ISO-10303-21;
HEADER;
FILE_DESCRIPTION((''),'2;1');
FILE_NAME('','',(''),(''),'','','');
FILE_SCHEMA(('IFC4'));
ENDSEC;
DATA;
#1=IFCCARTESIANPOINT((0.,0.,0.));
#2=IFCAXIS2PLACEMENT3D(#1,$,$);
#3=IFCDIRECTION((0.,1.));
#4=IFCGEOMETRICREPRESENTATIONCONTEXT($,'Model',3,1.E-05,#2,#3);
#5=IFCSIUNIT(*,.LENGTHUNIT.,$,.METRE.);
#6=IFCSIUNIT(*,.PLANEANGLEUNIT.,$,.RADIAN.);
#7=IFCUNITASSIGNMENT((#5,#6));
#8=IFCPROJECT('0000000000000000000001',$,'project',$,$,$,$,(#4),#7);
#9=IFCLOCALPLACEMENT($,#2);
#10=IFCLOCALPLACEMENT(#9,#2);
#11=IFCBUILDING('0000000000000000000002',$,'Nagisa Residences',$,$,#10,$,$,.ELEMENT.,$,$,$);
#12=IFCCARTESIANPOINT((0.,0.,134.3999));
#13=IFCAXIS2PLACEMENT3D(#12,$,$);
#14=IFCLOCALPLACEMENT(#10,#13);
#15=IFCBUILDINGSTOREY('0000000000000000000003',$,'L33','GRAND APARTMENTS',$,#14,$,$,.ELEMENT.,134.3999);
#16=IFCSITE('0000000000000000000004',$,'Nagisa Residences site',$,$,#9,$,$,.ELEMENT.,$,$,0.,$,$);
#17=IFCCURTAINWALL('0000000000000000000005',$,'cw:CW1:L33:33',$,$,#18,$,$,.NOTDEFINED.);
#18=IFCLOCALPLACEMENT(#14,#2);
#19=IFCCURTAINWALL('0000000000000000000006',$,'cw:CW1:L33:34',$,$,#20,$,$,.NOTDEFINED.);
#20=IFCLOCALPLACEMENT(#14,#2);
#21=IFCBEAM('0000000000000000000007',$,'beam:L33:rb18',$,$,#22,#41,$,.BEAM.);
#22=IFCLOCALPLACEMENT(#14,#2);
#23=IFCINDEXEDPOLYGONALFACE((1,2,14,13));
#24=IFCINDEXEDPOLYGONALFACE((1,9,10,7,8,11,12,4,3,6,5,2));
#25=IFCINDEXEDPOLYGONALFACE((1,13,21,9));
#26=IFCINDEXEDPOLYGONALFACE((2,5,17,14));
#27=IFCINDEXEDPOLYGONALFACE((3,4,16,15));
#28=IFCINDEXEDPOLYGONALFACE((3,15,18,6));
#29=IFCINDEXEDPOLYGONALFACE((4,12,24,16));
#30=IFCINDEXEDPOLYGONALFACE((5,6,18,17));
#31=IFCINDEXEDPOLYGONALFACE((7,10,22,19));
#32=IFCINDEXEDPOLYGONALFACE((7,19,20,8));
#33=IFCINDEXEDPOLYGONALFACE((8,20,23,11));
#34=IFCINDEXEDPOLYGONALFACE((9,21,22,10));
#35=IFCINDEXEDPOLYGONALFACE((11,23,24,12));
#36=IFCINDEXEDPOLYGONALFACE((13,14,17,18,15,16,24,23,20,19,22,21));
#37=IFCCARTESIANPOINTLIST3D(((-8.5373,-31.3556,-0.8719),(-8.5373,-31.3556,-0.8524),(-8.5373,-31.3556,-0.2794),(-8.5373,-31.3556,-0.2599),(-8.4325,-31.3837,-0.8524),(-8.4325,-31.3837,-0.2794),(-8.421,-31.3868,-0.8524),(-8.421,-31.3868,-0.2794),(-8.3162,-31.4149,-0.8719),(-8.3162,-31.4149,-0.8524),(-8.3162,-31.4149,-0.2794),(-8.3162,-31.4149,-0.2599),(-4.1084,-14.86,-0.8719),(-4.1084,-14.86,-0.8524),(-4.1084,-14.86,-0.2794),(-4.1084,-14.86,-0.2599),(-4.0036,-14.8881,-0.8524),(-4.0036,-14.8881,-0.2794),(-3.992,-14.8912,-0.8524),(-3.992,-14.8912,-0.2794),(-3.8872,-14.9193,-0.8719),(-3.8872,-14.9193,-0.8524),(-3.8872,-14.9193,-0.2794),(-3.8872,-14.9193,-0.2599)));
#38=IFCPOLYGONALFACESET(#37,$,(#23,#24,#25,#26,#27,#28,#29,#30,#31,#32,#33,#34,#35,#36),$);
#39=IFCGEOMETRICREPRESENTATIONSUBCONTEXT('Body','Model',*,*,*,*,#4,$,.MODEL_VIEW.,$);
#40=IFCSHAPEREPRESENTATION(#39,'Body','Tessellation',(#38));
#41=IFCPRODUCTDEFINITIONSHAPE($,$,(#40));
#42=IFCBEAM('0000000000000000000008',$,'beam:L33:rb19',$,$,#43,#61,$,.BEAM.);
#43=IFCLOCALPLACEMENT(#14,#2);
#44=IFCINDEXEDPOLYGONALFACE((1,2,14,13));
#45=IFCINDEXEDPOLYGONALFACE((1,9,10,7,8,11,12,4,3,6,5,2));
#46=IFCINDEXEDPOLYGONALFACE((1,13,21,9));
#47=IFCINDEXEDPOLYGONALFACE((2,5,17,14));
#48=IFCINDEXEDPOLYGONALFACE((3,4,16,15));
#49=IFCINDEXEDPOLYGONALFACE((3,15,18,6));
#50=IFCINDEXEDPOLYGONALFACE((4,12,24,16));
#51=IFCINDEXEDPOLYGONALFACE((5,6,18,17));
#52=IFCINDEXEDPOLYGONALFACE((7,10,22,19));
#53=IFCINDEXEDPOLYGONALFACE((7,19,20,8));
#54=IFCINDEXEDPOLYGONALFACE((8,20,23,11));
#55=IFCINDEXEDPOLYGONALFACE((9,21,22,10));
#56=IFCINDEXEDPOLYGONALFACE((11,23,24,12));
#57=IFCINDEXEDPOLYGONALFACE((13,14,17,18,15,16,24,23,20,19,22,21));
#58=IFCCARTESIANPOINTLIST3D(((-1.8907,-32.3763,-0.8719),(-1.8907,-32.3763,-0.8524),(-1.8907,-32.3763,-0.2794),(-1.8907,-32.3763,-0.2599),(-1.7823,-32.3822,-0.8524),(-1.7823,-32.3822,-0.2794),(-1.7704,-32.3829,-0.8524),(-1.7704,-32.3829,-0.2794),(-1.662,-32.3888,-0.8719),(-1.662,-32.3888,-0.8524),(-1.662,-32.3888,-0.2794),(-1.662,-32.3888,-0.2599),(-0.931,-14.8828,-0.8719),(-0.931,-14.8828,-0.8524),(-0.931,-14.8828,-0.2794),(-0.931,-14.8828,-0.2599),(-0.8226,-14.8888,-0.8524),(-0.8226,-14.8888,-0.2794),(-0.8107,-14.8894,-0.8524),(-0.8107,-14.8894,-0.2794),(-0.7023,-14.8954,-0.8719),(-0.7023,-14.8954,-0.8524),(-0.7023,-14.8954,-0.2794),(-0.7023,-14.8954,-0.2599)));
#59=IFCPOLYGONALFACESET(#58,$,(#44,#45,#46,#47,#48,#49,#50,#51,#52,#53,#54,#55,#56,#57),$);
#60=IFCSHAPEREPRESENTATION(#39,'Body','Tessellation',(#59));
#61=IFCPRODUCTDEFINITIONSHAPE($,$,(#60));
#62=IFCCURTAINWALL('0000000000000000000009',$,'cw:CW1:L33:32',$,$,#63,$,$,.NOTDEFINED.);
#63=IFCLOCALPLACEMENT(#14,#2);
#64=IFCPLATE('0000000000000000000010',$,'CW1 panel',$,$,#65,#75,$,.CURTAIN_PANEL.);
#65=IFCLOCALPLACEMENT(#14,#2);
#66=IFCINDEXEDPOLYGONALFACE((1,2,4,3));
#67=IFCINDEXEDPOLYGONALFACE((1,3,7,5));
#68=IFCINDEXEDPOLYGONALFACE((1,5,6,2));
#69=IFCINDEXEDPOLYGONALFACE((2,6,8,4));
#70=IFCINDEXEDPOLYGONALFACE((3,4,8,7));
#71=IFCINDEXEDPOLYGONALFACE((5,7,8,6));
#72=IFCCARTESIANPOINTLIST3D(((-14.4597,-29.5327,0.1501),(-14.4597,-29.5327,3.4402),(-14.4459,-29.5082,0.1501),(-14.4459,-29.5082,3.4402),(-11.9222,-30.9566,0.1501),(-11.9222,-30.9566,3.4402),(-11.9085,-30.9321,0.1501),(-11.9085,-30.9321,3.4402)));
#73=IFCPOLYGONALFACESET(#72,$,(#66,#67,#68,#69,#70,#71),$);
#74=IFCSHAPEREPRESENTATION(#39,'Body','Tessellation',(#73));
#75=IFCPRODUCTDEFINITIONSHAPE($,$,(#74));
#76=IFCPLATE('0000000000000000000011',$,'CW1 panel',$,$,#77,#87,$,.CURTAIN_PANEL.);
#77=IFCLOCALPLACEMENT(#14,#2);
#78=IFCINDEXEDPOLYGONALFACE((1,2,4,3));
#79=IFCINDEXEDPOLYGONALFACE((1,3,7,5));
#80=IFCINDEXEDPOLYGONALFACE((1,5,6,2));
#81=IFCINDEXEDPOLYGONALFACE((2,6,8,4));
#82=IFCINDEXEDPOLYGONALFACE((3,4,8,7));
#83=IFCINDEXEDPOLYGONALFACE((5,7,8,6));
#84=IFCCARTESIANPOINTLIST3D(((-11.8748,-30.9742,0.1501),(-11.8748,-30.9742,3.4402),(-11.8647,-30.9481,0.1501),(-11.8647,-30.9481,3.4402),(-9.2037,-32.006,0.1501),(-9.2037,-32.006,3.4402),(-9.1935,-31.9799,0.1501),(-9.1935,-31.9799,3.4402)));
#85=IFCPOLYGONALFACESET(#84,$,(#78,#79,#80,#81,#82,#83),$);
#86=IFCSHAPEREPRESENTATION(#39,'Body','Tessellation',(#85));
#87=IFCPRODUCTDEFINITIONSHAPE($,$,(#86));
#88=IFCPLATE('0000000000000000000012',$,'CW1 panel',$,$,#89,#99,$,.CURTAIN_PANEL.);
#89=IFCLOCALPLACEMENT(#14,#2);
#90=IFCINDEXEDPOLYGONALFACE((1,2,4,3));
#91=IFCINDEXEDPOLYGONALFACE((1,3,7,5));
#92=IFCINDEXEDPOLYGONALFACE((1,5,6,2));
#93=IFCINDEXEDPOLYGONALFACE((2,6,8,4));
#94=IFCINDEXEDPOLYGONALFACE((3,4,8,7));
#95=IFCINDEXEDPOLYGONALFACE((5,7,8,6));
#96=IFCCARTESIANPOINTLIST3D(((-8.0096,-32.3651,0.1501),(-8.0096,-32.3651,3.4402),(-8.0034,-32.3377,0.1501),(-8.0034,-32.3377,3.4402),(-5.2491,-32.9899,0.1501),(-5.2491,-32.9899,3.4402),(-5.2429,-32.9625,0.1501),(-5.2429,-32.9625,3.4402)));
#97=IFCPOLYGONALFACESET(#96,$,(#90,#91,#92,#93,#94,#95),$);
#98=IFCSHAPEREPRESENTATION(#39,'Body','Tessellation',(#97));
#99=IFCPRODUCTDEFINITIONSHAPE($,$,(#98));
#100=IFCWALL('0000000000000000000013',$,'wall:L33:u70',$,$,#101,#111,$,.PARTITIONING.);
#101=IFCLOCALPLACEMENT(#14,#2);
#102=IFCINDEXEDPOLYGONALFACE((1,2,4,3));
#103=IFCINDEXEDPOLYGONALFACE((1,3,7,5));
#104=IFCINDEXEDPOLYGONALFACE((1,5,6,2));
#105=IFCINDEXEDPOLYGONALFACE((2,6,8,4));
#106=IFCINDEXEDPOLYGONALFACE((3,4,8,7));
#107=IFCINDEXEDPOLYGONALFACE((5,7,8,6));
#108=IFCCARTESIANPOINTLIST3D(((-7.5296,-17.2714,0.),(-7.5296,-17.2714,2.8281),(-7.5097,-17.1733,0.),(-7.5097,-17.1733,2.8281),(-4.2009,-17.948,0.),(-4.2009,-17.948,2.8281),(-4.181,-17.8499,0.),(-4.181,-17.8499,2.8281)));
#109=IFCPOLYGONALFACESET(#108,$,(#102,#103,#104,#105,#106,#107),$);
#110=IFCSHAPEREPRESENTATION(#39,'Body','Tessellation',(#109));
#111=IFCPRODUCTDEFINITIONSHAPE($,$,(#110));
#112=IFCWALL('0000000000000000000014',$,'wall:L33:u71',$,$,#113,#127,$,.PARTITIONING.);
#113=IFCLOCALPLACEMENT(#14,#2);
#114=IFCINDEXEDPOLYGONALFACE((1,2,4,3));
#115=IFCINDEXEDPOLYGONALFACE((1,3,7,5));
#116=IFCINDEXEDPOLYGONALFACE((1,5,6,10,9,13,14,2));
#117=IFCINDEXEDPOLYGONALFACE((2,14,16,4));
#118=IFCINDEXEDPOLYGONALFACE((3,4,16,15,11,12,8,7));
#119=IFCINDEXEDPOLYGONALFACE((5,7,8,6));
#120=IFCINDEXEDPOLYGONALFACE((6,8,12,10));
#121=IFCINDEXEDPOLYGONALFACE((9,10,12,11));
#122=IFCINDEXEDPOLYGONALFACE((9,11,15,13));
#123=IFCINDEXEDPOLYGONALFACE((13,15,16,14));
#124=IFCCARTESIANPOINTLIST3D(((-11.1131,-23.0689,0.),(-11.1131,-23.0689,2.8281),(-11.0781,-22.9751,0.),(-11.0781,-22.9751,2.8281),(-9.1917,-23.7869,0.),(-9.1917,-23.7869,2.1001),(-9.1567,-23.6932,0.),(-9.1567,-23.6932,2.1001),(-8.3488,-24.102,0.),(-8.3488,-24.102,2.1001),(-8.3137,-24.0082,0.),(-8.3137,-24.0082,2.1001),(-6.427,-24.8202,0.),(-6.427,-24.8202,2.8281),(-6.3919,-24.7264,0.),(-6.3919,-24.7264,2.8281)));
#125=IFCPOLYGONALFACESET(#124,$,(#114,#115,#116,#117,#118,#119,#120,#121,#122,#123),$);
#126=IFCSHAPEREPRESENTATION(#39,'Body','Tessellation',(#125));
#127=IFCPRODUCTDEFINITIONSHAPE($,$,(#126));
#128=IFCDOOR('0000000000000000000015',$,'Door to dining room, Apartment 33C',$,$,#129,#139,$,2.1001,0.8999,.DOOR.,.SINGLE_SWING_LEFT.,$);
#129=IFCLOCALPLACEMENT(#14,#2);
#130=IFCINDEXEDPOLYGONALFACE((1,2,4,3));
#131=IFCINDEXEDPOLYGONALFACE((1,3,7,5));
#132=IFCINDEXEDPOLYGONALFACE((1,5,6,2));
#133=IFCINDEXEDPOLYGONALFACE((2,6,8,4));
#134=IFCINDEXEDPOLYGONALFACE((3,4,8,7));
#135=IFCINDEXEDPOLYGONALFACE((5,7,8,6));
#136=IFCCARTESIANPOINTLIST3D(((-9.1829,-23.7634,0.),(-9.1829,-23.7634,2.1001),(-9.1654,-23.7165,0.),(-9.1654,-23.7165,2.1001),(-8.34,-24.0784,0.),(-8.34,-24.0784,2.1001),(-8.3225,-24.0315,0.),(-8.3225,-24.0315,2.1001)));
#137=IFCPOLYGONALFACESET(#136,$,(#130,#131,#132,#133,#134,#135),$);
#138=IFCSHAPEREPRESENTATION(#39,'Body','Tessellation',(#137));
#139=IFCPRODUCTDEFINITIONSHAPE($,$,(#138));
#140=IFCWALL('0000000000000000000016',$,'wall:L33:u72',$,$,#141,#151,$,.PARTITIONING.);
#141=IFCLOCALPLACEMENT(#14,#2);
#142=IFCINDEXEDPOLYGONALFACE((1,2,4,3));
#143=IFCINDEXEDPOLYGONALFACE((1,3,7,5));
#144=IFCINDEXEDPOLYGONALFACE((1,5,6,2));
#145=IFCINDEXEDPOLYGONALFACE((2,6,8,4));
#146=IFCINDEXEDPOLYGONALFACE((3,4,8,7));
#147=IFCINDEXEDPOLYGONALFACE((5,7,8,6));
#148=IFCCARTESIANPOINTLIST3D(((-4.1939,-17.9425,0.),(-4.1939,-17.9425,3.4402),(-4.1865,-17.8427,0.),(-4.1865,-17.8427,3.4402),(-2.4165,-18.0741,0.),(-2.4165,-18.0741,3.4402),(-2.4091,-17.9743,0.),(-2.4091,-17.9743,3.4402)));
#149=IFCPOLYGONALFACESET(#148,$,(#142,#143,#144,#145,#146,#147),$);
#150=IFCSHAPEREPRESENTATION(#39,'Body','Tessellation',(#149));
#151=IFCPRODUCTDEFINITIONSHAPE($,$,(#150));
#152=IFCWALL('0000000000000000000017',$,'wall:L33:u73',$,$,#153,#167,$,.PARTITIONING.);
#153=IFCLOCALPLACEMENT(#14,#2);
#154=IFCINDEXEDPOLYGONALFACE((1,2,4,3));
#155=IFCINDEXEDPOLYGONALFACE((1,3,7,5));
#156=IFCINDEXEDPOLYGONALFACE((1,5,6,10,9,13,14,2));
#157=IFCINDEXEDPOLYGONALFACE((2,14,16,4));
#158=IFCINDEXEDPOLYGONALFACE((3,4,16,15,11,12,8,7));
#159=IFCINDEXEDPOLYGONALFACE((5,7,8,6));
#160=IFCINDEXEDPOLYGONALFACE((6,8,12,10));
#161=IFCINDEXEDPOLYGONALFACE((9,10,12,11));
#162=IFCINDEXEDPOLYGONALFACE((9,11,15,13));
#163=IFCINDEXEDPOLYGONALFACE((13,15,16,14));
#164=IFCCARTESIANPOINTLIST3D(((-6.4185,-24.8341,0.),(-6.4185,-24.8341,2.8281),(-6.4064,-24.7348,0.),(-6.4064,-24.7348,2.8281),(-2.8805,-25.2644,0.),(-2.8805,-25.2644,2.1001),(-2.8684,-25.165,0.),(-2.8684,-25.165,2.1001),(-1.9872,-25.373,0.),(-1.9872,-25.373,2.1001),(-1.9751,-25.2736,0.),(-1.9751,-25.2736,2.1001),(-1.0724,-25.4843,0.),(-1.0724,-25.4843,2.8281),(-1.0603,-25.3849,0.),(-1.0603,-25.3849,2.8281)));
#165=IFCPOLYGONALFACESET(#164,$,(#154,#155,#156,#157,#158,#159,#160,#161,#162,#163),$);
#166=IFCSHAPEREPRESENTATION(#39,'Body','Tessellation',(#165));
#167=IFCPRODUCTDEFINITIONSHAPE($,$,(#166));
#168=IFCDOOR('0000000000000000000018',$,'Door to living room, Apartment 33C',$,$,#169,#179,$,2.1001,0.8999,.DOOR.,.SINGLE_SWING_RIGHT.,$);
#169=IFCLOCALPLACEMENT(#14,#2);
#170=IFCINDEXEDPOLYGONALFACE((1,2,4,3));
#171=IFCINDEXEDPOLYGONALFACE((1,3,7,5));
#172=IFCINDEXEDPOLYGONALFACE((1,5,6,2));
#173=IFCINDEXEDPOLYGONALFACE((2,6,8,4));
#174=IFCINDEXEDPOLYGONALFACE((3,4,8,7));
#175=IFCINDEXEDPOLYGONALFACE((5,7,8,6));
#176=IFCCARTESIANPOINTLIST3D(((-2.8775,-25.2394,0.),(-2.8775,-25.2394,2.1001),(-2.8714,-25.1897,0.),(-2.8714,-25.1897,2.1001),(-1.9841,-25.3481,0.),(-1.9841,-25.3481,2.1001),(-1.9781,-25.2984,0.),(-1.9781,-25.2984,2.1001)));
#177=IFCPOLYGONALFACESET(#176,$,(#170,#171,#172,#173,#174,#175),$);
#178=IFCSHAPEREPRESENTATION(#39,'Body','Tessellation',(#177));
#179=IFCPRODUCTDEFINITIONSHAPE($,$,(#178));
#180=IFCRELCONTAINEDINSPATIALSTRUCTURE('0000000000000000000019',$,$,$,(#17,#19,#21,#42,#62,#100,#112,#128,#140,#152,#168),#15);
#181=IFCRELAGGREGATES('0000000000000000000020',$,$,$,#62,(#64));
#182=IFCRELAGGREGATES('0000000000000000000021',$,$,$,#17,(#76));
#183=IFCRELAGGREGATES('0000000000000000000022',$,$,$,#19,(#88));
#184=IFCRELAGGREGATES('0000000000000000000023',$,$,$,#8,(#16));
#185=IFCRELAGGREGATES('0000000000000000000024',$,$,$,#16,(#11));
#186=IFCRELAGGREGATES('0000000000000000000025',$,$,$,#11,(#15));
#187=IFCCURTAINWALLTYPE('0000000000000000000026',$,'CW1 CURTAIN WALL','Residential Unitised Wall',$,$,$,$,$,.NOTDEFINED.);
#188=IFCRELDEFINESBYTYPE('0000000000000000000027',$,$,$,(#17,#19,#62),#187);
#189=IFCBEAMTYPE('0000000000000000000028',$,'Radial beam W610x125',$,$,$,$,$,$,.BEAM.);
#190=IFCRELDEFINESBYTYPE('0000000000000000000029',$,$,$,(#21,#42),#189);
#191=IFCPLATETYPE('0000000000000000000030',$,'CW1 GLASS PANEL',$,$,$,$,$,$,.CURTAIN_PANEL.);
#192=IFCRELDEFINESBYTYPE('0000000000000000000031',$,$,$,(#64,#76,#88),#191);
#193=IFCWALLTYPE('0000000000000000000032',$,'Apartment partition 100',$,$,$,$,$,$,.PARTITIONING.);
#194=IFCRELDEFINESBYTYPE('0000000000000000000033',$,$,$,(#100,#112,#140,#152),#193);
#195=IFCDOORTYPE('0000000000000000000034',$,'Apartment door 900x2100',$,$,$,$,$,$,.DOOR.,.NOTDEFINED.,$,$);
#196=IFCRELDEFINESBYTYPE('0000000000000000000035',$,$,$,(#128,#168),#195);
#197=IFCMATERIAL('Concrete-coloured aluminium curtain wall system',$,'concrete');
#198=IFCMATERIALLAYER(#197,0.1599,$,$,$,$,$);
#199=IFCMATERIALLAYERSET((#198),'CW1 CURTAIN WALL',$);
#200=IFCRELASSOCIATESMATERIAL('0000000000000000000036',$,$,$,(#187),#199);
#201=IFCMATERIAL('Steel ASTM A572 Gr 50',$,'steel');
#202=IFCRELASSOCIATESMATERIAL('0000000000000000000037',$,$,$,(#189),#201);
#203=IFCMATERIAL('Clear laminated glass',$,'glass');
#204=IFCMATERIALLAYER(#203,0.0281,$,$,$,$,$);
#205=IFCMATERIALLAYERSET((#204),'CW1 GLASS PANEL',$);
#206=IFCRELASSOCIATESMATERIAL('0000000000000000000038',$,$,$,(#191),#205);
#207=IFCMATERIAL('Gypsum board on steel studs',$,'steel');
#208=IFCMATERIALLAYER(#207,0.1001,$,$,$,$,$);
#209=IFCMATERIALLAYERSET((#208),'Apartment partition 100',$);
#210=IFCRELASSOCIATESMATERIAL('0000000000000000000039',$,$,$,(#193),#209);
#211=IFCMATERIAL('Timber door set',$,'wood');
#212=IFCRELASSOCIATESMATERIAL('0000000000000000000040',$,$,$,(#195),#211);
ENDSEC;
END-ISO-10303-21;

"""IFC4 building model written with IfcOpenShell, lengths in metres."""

from ifc_helpers import new_model, si_unit, direction, frame, frame_2d, origin, origin_2d, place, context, subcontext, project, spatial, rectangle, i_section, extrude, material, layer, layer_set, material_profile, profile_set, type_object, element, fill, aggregate, save


model = new_model("IFC4")

# Units and contexts
model_context = context("Model", 3, precision=1e-05, world=origin(), true_north=direction((0.0, 1.0)))
body_context = subcontext(model_context, "Body", "Model", "MODEL_VIEW")
ifc_project = project(units=[si_unit("LENGTHUNIT", "METRE"), si_unit("PLANEANGLEUNIT", "RADIAN")], contexts=[model_context])

# Site, building, storey
site_placement = place(None, origin())
site = spatial("IfcSite", under=ifc_project, at=site_placement, Name="Nagisa Residences site", CompositionType="ELEMENT", RefElevation=0.0)
building_placement = place(site_placement, origin())
building = spatial("IfcBuilding", under=site, at=building_placement, Name="Nagisa Residences", CompositionType="ELEMENT")
storey_placement = place(building_placement, frame((0.0, 0.0, 134.3999)))
storey = spatial("IfcBuildingStorey", under=building, at=storey_placement, Name="L33", Description="GRAND APARTMENTS", CompositionType="ELEMENT", Elevation=134.3999)

# Curtain walls
ifc_material_1 = material(Name="Concrete-coloured aluminium curtain wall system", Category="concrete")
ifc_layer_1 = layer(ifc_material_1, 0.1599)
ifc_layer_set_1 = layer_set([ifc_layer_1], Name="CW1 CURTAIN WALL")
curtain_wall_type = type_object("IfcCurtainWallType", Name="CW1 CURTAIN WALL", Description="Residential Unitised Wall", PredefinedType="NOTDEFINED", material=ifc_layer_set_1)
curtain_wall_1_placement = place(storey_placement, origin())
curtain_wall_1 = element("IfcCurtainWall", 1, at=curtain_wall_1_placement, inside=storey, type_object=curtain_wall_type, Name="cw:CW1:L33:33", PredefinedType="NOTDEFINED")
curtain_wall_2_placement = place(storey_placement, origin())
curtain_wall_2 = element("IfcCurtainWall", 2, at=curtain_wall_2_placement, inside=storey, type_object=curtain_wall_type, Name="cw:CW1:L33:34", PredefinedType="NOTDEFINED")

# Beams
ifc_material_2 = material(Name="Steel ASTM A572 Gr 50", Category="steel")
ifc_material_profile_1 = material_profile(ifc_material_2, i_section(OverallWidth=0.229, OverallDepth=0.6121, WebThickness=0.012, FlangeThickness=0.0195, at=origin_2d()), Name="W610x125")
ifc_profile_set_1 = profile_set([ifc_material_profile_1], Name="Steel ASTM A572 Gr 50")
beam_type_1 = type_object("IfcBeamType", Name="Radial beam W610x125", PredefinedType="BEAM", material=ifc_profile_set_1)
beam_1_placement = place(storey_placement, frame((-8.4268, -31.3853, -0.5659), z_axis=(0.259309, 0.965794, 0.0), x_axis=(-0.965794, 0.259309, 0.0)))
element("IfcBeam", 3, at=beam_1_placement, inside=storey, type_object=beam_type_1, Name="beam:L33:rb18", PredefinedType="BEAM", context=body_context, shape_type="SweptSolid", body=[
    extrude(i_section(OverallWidth=0.229, OverallDepth=0.6121, WebThickness=0.012, FlangeThickness=0.0195, at=origin_2d()), origin(), (0.0, 0.0, 1.0), 17.0798),
])
beam_2_placement = place(storey_placement, frame((-1.7764, -32.3826, -0.5659), z_axis=(0.054779, 0.998498, 0.0), x_axis=(-0.998498, 0.054779, 0.0)))
element("IfcBeam", 4, at=beam_2_placement, inside=storey, type_object=beam_type_1, Name="beam:L33:rb19", PredefinedType="BEAM", context=body_context, shape_type="SweptSolid", body=[
    extrude(i_section(OverallWidth=0.229, OverallDepth=0.6121, WebThickness=0.012, FlangeThickness=0.0195, at=origin_2d()), origin(), (0.0, 0.0, 1.0), 17.5198),
])

# Curtain wall, plate
curtain_wall_3_placement = place(storey_placement, origin())
curtain_wall_3 = element("IfcCurtainWall", 5, at=curtain_wall_3_placement, inside=storey, type_object=curtain_wall_type, Name="cw:CW1:L33:32", PredefinedType="NOTDEFINED")
ifc_material_3 = material(Name="Clear laminated glass", Category="glass")
ifc_layer_2 = layer(ifc_material_3, 0.0281)
ifc_layer_set_2 = layer_set([ifc_layer_2], Name="CW1 GLASS PANEL")
plate_type = type_object("IfcPlateType", Name="CW1 GLASS PANEL", PredefinedType="CURTAIN_PANEL", material=ifc_layer_set_2)
plate_1_placement = place(storey_placement, frame((-13.1841, -30.2324, 0.1501), z_axis=(0.0, 0.0, 1.0), x_axis=(0.872072, -0.489377, 0.0)))
plate_1 = element("IfcPlate", 6, at=plate_1_placement, type_object=plate_type, Name="CW1 panel", PredefinedType="CURTAIN_PANEL", context=body_context, shape_type="SweptSolid", body=[
    extrude(rectangle(XDim=2.9097, YDim=0.0281, at=origin_2d()), origin(), (0.0, 0.0, 1.0), 3.29),
])
aggregate(curtain_wall_3, [plate_1])

# Plates
plate_2_placement = place(storey_placement, frame((-10.5342, -31.4771, 0.1501), z_axis=(0.0, 0.0, 1.0), x_axis=(0.932826, -0.360328, 0.0)))
plate_2 = element("IfcPlate", 7, at=plate_2_placement, type_object=plate_type, Name="CW1 panel", PredefinedType="CURTAIN_PANEL", context=body_context, shape_type="SweptSolid", body=[
    extrude(rectangle(XDim=2.8635, YDim=0.0281, at=origin_2d()), origin(), (0.0, 0.0, 1.0), 3.29),
])
aggregate(curtain_wall_1, [plate_2])
plate_3_placement = place(storey_placement, frame((-6.6262, -32.6638, 0.1501), z_axis=(0.0, 0.0, 1.0), x_axis=(0.975327, -0.220764, 0.0)))
plate_3 = element("IfcPlate", 8, at=plate_3_placement, type_object=plate_type, Name="CW1 panel", PredefinedType="CURTAIN_PANEL", context=body_context, shape_type="SweptSolid", body=[
    extrude(rectangle(XDim=2.8303, YDim=0.0281, at=origin_2d()), origin(), (0.0, 0.0, 1.0), 3.29),
])
aggregate(curtain_wall_2, [plate_3])

# Wall
ifc_material_4 = material(Name="Gypsum board on steel studs", Category="steel")
ifc_layer_3 = layer(ifc_material_4, 0.1001)
ifc_layer_set_3 = layer_set([ifc_layer_3], Name="Apartment partition 100")
wall_type_1 = type_object("IfcWallType", Name="Apartment partition 100", PredefinedType="PARTITIONING", material=ifc_layer_set_3)
wall_1_placement = place(storey_placement, frame((-7.5195, -17.2224, 0.0), z_axis=(0.0, 0.0, 1.0), x_axis=(0.979965, -0.19917, 0.0)))
element("IfcWall", 9, at=wall_1_placement, inside=storey, type_object=wall_type_1, Name="wall:L33:u70", PredefinedType="PARTITIONING", context=body_context, shape_type="SweptSolid", body=[
    extrude(rectangle(XDim=3.3967, YDim=0.1001, at=frame_2d((1.6982, 0.0))), origin(), (0.0, 0.0, 1.0), 2.8281),
])

# Wall, opening, door
wall_2_placement = place(storey_placement, frame((-11.0957, -23.022, 0.0), z_axis=(0.0, 0.0, 1.0), x_axis=(0.936726, -0.350064, 0.0)))
wall_2 = element("IfcWall", 10, at=wall_2_placement, inside=storey, type_object=wall_type_1, Name="wall:L33:u71", PredefinedType="PARTITIONING", context=body_context, shape_type="SweptSolid", body=[
    extrude(rectangle(XDim=5.0027, YDim=0.1001, at=frame_2d((2.5015, 0.0))), origin(), (0.0, 0.0, 1.0), 2.8281),
])
opening_1_placement = place(wall_2_placement, frame((2.0513, 0.0, 0.0)))
opening_1 = element("IfcOpeningElement", 11, at=opening_1_placement, cuts=wall_2, PredefinedType="OPENING", context=body_context, shape_type="SweptSolid", body=[
    extrude(rectangle(XDim=0.8999, YDim=2.1001, at=frame_2d((0.45, 1.05))), frame((0.0, 0.0601, 0.0), z_axis=(0.0, -1.0, 0.0), x_axis=(1.0, 0.0, 0.0)), (0.0, 0.0, 1.0), 0.1201),
])
ifc_material_5 = material(Name="Timber door set", Category="wood")
door_type_1 = type_object("IfcDoorType", Name="Apartment door 900x2100", OperationType="NOTDEFINED", PredefinedType="DOOR", material=ifc_material_5)
door_1_placement = place(opening_1_placement, frame((0.8999, 0.0, 0.0), x_axis=(-1.0, 0.0, 0.0)))
door_1 = element("IfcDoor", 12, at=door_1_placement, inside=storey, type_object=door_type_1, Name="Door to dining room, Apartment 33C", OperationType="SINGLE_SWING_LEFT", OverallHeight=2.1001, OverallWidth=0.8999, PredefinedType="DOOR", context=body_context, shape_type="SweptSolid", body=[
    extrude(rectangle(XDim=0.8999, YDim=2.1001, at=frame_2d((0.45, 1.05))), frame((0.0, 0.0249, 0.0), z_axis=(0.0, -1.0, 0.0), x_axis=(1.0, 0.0, 0.0)), (0.0, 0.0, 1.0), 0.05),
])
fill(opening_1, door_1)

# Wall
wall_3_placement = place(storey_placement, frame((-4.1902, -17.8926, 0.0), z_axis=(0.0, 0.0, 1.0), x_axis=(0.99727, -0.073836, 0.0)))
element("IfcWall", 13, at=wall_3_placement, inside=storey, type_object=wall_type_1, Name="wall:L33:u72", PredefinedType="PARTITIONING", context=body_context, shape_type="SweptSolid", body=[
    extrude(rectangle(XDim=1.7822, YDim=0.1001, at=frame_2d((0.8911, 0.0))), origin(), (0.0, 0.0, 1.0), 3.4402),
])

# Wall, opening, door
wall_4_placement = place(storey_placement, frame((-6.4126, -24.7844, 0.0), z_axis=(0.0, 0.0, 1.0), x_axis=(0.992687, -0.12072, 0.0)))
wall_4 = element("IfcWall", 14, at=wall_4_placement, inside=storey, type_object=wall_type_1, Name="wall:L33:u73", PredefinedType="PARTITIONING", context=body_context, shape_type="SweptSolid", body=[
    extrude(rectangle(XDim=5.3855, YDim=0.1001, at=frame_2d((2.6929, 0.0))), origin(), (0.0, 0.0, 1.0), 2.8281),
])
opening_2_placement = place(wall_4_placement, frame((3.5642, 0.0, 0.0)))
opening_2 = element("IfcOpeningElement", 15, at=opening_2_placement, cuts=wall_4, PredefinedType="OPENING", context=body_context, shape_type="SweptSolid", body=[
    extrude(rectangle(XDim=0.8999, YDim=2.1001, at=frame_2d((0.45, 1.05))), frame((0.0, 0.0601, 0.0), z_axis=(0.0, -1.0, 0.0), x_axis=(1.0, 0.0, 0.0)), (0.0, 0.0, 1.0), 0.1201),
])
door_2_placement = place(opening_2_placement, frame((0.8999, 0.0, 0.0), x_axis=(-1.0, 0.0, 0.0)))
door_2 = element("IfcDoor", 16, at=door_2_placement, inside=storey, type_object=door_type_1, Name="Door to living room, Apartment 33C", OperationType="SINGLE_SWING_RIGHT", OverallHeight=2.1001, OverallWidth=0.8999, PredefinedType="DOOR", context=body_context, shape_type="SweptSolid", body=[
    extrude(rectangle(XDim=0.8999, YDim=2.1001, at=frame_2d((0.45, 1.05))), frame((0.0, 0.0249, 0.0), z_axis=(0.0, -1.0, 0.0), x_axis=(1.0, 0.0, 0.0)), (0.0, 0.0, 1.0), 0.05),
])
fill(opening_2, door_2)

save(model, "model.ifc")
